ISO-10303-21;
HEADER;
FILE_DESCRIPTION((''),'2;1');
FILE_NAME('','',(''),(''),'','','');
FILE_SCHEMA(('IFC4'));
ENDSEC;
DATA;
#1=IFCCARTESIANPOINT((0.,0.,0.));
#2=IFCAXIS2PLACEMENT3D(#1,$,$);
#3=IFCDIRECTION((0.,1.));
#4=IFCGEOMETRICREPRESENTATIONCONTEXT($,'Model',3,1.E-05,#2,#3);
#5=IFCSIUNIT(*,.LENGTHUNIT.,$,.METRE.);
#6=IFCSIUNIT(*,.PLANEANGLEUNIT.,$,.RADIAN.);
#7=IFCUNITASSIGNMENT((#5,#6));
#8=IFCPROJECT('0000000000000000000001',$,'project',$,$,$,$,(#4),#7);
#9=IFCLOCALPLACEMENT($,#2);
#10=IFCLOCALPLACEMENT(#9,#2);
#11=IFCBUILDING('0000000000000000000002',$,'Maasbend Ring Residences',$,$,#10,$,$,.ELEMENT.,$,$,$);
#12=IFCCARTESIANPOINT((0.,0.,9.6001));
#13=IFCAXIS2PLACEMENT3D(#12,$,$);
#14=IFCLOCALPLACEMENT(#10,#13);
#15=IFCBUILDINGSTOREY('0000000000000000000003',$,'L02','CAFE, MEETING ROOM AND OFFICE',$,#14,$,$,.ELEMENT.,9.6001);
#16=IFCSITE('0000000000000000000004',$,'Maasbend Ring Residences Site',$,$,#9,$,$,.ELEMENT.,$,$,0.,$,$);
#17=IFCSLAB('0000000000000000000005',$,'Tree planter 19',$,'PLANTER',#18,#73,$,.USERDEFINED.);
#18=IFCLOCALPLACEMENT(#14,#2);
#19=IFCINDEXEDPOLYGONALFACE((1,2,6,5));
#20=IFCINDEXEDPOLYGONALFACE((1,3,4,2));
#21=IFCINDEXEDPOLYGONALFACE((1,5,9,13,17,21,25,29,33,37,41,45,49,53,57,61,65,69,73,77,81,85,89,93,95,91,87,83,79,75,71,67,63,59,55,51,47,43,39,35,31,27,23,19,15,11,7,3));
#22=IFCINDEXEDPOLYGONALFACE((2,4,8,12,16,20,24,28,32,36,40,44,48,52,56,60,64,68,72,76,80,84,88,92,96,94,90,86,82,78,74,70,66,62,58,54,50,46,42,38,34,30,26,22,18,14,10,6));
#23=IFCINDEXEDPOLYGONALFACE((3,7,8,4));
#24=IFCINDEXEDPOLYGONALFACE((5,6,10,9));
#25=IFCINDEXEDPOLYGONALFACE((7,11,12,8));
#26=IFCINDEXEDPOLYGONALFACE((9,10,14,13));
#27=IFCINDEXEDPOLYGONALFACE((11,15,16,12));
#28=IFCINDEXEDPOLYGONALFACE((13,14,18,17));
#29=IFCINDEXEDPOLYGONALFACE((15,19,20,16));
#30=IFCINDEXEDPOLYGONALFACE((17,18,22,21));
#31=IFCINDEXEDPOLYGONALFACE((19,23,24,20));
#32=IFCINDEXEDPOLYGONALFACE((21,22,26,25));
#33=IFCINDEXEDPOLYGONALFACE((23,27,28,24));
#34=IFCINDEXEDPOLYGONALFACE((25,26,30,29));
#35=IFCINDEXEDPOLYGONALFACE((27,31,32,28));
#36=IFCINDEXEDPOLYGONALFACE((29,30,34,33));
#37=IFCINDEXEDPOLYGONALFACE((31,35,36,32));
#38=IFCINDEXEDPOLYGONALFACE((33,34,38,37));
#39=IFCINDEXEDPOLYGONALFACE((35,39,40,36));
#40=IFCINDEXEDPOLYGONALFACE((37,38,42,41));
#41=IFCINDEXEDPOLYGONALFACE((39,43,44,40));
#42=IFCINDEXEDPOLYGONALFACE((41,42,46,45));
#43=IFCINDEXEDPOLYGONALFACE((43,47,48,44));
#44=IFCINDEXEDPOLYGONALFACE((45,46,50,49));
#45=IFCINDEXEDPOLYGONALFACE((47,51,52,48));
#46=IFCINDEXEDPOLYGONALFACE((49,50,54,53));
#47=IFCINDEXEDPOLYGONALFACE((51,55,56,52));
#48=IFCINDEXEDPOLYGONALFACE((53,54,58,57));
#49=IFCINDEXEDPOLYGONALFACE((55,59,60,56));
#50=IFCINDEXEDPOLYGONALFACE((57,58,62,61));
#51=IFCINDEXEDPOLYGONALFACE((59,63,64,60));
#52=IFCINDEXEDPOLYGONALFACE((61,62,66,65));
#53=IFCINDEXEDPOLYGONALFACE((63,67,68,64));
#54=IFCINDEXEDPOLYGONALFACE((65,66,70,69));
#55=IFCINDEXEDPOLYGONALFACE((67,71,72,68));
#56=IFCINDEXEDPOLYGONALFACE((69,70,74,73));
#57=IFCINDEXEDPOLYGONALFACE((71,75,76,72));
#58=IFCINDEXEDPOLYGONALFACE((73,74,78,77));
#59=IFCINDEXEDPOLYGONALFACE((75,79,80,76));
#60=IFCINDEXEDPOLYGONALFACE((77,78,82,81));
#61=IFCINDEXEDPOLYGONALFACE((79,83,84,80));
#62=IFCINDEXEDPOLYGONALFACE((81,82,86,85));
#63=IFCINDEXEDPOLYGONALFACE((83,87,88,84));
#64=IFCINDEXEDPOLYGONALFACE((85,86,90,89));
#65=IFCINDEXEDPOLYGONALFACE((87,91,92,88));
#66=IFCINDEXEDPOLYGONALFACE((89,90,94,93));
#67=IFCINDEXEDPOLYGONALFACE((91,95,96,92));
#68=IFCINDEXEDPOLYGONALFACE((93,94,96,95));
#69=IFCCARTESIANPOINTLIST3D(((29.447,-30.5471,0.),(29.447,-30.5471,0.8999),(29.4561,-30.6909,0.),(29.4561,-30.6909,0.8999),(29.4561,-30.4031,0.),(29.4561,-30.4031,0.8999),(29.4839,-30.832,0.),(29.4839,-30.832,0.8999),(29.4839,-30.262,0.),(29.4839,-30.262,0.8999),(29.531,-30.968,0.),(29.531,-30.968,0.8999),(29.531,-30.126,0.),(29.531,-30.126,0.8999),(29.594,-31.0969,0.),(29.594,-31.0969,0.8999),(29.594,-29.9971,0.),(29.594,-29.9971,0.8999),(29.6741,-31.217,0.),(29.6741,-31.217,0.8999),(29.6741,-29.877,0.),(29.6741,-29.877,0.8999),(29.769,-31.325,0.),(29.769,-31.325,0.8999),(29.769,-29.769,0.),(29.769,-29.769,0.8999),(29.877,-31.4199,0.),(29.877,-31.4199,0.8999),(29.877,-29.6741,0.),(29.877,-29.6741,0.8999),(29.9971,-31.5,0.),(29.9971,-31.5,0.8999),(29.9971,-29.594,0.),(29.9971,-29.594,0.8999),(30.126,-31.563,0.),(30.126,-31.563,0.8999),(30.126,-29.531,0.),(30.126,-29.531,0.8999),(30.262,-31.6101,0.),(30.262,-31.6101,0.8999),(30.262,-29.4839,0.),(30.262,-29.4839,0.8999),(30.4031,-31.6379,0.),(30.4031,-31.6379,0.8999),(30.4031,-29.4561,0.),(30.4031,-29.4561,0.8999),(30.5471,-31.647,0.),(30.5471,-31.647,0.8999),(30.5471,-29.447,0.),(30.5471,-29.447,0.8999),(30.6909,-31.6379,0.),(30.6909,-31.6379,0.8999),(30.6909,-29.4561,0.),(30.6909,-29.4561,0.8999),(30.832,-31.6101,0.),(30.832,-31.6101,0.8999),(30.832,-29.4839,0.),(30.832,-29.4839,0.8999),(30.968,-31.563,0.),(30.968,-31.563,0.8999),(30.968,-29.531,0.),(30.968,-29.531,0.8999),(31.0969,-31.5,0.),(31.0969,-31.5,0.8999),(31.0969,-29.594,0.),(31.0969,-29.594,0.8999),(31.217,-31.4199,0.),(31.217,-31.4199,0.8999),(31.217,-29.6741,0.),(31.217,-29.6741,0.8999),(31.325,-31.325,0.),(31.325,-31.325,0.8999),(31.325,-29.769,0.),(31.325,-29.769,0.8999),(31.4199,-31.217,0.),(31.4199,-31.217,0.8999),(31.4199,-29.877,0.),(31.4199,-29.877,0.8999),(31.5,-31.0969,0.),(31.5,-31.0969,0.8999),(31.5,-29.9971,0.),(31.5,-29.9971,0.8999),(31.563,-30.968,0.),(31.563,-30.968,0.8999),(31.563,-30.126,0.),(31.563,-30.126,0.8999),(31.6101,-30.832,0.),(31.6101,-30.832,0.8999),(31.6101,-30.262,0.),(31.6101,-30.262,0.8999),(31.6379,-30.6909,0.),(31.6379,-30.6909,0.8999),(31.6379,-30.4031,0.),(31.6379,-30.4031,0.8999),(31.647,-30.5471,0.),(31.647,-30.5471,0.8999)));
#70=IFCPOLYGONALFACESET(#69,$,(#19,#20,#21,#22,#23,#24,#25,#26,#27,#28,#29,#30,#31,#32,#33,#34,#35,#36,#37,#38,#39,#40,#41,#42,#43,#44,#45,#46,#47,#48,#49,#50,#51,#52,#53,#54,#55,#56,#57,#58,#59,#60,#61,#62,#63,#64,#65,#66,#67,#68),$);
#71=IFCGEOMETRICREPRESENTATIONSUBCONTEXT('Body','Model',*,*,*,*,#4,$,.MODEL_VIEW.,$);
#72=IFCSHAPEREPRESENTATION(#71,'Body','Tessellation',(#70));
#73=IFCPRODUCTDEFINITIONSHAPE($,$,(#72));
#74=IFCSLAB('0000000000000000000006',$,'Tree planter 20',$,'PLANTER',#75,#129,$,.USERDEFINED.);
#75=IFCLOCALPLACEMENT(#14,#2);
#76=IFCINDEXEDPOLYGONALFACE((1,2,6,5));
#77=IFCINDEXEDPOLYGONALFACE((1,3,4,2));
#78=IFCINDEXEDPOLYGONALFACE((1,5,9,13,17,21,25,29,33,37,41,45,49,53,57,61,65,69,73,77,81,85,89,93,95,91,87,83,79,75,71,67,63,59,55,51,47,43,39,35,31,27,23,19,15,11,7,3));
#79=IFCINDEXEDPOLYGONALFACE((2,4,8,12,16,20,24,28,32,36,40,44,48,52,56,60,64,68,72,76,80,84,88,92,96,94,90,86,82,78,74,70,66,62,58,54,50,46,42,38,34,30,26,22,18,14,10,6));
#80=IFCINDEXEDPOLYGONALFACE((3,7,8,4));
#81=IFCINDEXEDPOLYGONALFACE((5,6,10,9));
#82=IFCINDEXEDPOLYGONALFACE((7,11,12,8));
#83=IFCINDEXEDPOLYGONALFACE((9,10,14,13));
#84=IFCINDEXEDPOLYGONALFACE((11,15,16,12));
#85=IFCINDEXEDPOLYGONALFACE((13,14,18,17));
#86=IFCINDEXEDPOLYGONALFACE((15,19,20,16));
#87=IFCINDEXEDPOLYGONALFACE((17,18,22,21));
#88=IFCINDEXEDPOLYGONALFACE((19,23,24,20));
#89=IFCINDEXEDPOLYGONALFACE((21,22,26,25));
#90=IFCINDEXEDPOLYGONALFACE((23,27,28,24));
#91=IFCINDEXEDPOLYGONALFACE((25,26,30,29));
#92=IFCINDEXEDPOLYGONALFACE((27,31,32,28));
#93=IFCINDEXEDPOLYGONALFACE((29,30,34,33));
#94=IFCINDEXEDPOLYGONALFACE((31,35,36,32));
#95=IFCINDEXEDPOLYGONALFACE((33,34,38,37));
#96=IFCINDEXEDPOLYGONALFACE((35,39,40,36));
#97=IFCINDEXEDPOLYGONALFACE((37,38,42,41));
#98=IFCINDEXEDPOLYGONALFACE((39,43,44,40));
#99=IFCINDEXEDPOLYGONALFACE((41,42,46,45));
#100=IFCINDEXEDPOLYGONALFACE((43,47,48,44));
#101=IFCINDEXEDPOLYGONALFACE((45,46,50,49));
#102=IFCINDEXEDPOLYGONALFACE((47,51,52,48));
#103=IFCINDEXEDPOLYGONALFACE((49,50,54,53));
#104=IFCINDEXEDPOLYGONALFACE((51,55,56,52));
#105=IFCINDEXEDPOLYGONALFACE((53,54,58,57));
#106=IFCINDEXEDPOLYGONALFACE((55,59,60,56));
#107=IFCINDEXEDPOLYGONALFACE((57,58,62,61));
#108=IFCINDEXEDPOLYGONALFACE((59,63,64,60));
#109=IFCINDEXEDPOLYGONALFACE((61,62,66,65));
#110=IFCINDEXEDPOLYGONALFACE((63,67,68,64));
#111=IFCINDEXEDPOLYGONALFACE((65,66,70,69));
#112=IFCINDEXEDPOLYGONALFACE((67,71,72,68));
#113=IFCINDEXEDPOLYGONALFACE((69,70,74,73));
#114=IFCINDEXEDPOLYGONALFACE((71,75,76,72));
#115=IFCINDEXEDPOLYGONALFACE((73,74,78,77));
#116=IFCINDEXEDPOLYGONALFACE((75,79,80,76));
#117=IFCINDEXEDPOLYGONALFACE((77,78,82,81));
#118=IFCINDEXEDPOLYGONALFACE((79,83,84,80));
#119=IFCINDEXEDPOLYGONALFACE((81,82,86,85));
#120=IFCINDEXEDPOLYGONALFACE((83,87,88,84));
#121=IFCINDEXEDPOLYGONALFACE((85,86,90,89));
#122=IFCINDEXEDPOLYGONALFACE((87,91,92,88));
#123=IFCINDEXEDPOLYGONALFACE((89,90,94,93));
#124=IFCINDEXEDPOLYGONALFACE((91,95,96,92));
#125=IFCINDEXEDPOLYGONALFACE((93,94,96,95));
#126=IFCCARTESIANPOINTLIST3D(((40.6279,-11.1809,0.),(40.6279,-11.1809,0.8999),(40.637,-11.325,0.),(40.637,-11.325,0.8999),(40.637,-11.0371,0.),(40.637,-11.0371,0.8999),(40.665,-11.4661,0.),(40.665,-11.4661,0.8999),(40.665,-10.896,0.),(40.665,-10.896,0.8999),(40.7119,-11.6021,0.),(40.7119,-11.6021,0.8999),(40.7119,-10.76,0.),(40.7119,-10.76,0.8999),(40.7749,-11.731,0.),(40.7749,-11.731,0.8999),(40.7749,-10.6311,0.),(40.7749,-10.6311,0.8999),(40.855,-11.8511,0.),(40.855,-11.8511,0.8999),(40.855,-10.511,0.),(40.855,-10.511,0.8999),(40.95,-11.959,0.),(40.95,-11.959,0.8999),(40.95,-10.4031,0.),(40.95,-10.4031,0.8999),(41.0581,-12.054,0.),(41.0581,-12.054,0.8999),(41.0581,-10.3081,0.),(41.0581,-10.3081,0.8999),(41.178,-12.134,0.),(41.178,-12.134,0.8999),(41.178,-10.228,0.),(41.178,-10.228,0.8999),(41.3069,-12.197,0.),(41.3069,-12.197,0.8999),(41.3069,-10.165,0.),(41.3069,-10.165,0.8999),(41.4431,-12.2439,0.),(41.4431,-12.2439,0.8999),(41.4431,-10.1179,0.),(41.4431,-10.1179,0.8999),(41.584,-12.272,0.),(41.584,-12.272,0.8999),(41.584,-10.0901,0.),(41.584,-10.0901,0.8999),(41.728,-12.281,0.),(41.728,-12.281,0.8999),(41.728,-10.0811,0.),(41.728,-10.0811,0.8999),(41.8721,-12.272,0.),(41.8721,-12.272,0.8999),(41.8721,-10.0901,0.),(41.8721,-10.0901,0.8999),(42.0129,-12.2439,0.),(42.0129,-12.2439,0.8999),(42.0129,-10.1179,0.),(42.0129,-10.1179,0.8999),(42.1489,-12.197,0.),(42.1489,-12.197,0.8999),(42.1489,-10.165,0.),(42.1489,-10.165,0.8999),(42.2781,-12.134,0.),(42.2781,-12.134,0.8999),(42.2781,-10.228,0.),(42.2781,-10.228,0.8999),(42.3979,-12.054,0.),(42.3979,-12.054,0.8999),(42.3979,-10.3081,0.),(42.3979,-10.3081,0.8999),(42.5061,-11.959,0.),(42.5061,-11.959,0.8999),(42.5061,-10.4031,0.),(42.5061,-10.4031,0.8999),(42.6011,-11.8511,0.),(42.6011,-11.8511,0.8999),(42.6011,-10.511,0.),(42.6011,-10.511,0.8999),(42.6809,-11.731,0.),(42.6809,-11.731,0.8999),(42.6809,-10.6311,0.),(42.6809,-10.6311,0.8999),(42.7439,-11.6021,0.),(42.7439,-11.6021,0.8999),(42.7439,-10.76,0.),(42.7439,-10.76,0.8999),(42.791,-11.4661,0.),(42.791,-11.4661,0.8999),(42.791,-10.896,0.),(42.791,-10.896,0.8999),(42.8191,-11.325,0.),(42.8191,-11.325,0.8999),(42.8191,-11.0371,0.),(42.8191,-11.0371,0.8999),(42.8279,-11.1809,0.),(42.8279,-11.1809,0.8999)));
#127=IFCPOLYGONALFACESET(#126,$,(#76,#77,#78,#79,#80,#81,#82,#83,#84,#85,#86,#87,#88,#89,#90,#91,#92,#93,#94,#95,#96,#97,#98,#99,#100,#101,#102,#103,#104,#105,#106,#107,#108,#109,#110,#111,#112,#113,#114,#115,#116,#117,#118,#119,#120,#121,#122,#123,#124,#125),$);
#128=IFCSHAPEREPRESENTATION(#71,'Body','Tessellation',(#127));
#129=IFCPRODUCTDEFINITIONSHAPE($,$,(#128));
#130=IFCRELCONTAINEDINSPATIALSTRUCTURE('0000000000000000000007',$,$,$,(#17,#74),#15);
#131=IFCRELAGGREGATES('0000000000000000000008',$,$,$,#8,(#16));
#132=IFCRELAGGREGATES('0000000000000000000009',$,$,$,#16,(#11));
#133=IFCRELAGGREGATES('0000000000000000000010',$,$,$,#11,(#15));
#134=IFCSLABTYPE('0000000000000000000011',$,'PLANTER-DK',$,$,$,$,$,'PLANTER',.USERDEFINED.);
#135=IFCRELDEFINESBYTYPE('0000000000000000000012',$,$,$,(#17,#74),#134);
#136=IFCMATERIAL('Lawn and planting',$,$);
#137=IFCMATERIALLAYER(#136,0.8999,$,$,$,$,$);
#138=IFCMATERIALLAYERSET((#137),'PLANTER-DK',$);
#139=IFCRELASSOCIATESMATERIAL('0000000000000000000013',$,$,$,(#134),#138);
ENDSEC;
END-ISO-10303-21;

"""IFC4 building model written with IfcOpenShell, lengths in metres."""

from ifc_helpers import new_model, si_unit, direction, frame, origin, place, context, subcontext, project, spatial, polyline, outline, extrude, material, layer, layer_set, type_object, element, save


model = new_model("IFC4")

# Units and contexts
model_context = context("Model", 3, precision=1e-05, world=origin(), true_north=direction((0.0, 1.0)))
body_context = subcontext(model_context, "Body", "Model", "MODEL_VIEW")
ifc_project = project(units=[si_unit("LENGTHUNIT", "METRE"), si_unit("PLANEANGLEUNIT", "RADIAN")], contexts=[model_context])

# Site, building, storey
site_placement = place(None, origin())
site = spatial("IfcSite", under=ifc_project, at=site_placement, Name="Maasbend Ring Residences Site", CompositionType="ELEMENT", RefElevation=0.0)
building_placement = place(site_placement, origin())
building = spatial("IfcBuilding", under=site, at=building_placement, Name="Maasbend Ring Residences", CompositionType="ELEMENT")
storey_placement = place(building_placement, frame((0.0, 0.0, 9.6001)))
storey = spatial("IfcBuildingStorey", under=building, at=storey_placement, Name="L02", Description="CAFE, MEETING ROOM AND OFFICE", CompositionType="ELEMENT", Elevation=9.6001)

# Slabs
ifc_material_1 = material(Name="Lawn and planting")
ifc_layer_1 = layer(ifc_material_1, 0.8999)
ifc_layer_set_1 = layer_set([ifc_layer_1], Name="PLANTER-DK")
slab_type_1 = type_object("IfcSlabType", Name="PLANTER-DK", ElementType="PLANTER", PredefinedType="USERDEFINED", material=ifc_layer_set_1)
slab_1_placement = place(storey_placement, origin())
element("IfcSlab", 1, at=slab_1_placement, inside=storey, type_object=slab_type_1, Name="Tree planter 19", ObjectType="PLANTER", PredefinedType="USERDEFINED", context=body_context, shape_type="SweptSolid", body=[
    extrude(outline(polyline([(31.647, -30.5471), (31.6379, -30.6909), (31.6101, -30.832), (31.563, -30.968), (31.5, -31.0969), (31.4199, -31.217), (31.325, -31.325), (31.217, -31.4199), (31.0969, -31.5), (30.968, -31.563), (30.832, -31.6101), (30.6909, -31.6379), (30.5471, -31.647), (30.4031, -31.6379), (30.262, -31.6101), (30.126, -31.563), (29.9971, -31.5), (29.877, -31.4199), (29.769, -31.325), (29.6741, -31.217), (29.594, -31.0969), (29.531, -30.968), (29.4839, -30.832), (29.4561, -30.6909), (29.447, -30.5471), (29.4561, -30.4031), (29.4839, -30.262), (29.531, -30.126), (29.594, -29.9971), (29.6741, -29.877), (29.769, -29.769), (29.877, -29.6741), (29.9971, -29.594), (30.126, -29.531), (30.262, -29.4839), (30.4031, -29.4561), (30.5471, -29.447), (30.6909, -29.4561), (30.832, -29.4839), (30.968, -29.531), (31.0969, -29.594), (31.217, -29.6741), (31.325, -29.769), (31.4199, -29.877), (31.5, -29.9971), (31.563, -30.126), (31.6101, -30.262), (31.6379, -30.4031), (31.647, -30.5471)])), origin(), (0.0, 0.0, 1.0), 0.8999),
])
slab_2_placement = place(storey_placement, origin())
element("IfcSlab", 2, at=slab_2_placement, inside=storey, type_object=slab_type_1, Name="Tree planter 20", ObjectType="PLANTER", PredefinedType="USERDEFINED", context=body_context, shape_type="SweptSolid", body=[
    extrude(outline(polyline([(42.8279, -11.1809), (42.8191, -11.325), (42.791, -11.4661), (42.7439, -11.6021), (42.6809, -11.731), (42.6011, -11.8511), (42.5061, -11.959), (42.3979, -12.054), (42.2781, -12.134), (42.1489, -12.197), (42.0129, -12.2439), (41.8721, -12.272), (41.728, -12.281), (41.584, -12.272), (41.4431, -12.2439), (41.3069, -12.197), (41.178, -12.134), (41.0581, -12.054), (40.95, -11.959), (40.855, -11.8511), (40.7749, -11.731), (40.7119, -11.6021), (40.665, -11.4661), (40.637, -11.325), (40.6279, -11.1809), (40.637, -11.0371), (40.665, -10.896), (40.7119, -10.76), (40.7749, -10.6311), (40.855, -10.511), (40.95, -10.4031), (41.0581, -10.3081), (41.178, -10.228), (41.3069, -10.165), (41.4431, -10.1179), (41.584, -10.0901), (41.728, -10.0811), (41.8721, -10.0901), (42.0129, -10.1179), (42.1489, -10.165), (42.2781, -10.228), (42.3979, -10.3081), (42.5061, -10.4031), (42.6011, -10.511), (42.6809, -10.6311), (42.7439, -10.76), (42.791, -10.896), (42.8191, -11.0371), (42.8279, -11.1809)])), origin(), (0.0, 0.0, 1.0), 0.8999),
])

save(model, "model.ifc")
